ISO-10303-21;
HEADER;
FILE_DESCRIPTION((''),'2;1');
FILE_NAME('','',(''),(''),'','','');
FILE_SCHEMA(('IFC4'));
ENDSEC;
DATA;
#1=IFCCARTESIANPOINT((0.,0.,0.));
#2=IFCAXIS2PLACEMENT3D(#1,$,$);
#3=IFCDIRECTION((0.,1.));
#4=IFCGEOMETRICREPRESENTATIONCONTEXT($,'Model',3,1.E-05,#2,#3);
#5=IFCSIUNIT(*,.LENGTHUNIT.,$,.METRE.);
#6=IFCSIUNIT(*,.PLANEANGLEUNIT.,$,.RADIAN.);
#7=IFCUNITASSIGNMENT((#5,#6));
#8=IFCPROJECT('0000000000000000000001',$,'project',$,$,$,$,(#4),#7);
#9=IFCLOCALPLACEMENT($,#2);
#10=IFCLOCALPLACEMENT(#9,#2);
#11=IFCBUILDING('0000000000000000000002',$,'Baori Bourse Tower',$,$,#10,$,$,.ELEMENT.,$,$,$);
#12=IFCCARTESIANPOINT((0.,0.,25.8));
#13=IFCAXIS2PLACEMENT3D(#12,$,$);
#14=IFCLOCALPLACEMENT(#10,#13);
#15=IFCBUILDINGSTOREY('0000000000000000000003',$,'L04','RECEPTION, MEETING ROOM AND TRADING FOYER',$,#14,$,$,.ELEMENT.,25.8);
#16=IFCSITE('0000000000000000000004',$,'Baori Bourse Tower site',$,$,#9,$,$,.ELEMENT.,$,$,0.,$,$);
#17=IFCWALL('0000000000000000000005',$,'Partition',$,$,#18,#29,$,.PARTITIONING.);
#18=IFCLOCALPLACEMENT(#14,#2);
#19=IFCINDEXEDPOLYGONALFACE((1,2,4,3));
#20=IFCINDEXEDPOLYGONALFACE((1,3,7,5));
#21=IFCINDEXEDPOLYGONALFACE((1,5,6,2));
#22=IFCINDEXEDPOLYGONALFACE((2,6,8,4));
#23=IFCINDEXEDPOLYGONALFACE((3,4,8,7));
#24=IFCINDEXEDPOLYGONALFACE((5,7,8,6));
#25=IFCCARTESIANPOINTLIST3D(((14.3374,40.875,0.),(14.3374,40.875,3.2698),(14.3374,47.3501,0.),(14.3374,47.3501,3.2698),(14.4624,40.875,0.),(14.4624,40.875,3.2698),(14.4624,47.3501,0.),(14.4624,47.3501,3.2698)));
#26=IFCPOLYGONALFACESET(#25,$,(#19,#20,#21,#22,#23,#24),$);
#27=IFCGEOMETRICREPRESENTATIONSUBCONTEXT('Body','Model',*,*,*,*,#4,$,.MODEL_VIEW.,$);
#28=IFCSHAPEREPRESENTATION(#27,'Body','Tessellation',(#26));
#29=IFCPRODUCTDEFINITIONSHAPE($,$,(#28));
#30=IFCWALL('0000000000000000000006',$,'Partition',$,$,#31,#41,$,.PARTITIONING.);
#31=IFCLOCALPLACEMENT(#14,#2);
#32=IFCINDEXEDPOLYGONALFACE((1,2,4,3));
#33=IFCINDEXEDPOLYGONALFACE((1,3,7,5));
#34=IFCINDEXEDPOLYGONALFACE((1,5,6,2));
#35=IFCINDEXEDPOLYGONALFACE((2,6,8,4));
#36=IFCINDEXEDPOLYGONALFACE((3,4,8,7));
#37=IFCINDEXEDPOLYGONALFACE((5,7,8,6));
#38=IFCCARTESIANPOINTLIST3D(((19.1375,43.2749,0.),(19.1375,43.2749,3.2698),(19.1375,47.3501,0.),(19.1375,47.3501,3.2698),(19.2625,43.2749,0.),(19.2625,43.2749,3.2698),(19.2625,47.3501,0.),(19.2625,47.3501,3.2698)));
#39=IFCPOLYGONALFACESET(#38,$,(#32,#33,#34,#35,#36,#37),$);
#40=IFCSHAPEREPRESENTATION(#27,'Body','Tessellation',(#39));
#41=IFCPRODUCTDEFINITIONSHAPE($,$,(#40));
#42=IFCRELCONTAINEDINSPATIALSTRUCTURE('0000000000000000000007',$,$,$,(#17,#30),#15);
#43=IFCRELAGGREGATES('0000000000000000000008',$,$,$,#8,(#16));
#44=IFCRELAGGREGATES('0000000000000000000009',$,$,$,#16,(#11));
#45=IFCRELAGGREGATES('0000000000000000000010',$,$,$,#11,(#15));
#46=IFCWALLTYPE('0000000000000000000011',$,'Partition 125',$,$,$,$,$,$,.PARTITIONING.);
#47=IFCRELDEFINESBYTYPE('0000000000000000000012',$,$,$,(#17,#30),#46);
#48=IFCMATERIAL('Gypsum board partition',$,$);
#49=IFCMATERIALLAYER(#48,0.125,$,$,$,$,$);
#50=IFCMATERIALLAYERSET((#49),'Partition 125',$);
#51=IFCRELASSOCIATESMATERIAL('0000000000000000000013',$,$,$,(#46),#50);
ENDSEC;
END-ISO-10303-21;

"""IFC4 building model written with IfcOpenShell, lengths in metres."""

from ifc_helpers import new_model, si_unit, direction, frame, frame_2d, origin, place, context, subcontext, project, spatial, rectangle, extrude, material, layer, layer_set, type_object, element, save


model = new_model("IFC4")

# Units and contexts
model_context = context("Model", 3, precision=1e-05, world=origin(), true_north=direction((0.0, 1.0)))
body_context = subcontext(model_context, "Body", "Model", "MODEL_VIEW")
ifc_project = project(units=[si_unit("LENGTHUNIT", "METRE"), si_unit("PLANEANGLEUNIT", "RADIAN")], contexts=[model_context])

# Site, building, storey
site_placement = place(None, origin())
site = spatial("IfcSite", under=ifc_project, at=site_placement, Name="Baori Bourse Tower site", CompositionType="ELEMENT", RefElevation=0.0)
building_placement = place(site_placement, origin())
building = spatial("IfcBuilding", under=site, at=building_placement, Name="Baori Bourse Tower", CompositionType="ELEMENT")
storey_placement = place(building_placement, frame((0.0, 0.0, 25.8)))
storey = spatial("IfcBuildingStorey", under=building, at=storey_placement, Name="L04", Description="RECEPTION, MEETING ROOM AND TRADING FOYER", CompositionType="ELEMENT", Elevation=25.8)

# Walls
ifc_material_1 = material(Name="Gypsum board partition")
ifc_layer_1 = layer(ifc_material_1, 0.125)
ifc_layer_set_1 = layer_set([ifc_layer_1], Name="Partition 125")
wall_type_1 = type_object("IfcWallType", Name="Partition 125", PredefinedType="PARTITIONING", material=ifc_layer_set_1)
wall_1_placement = place(storey_placement, frame((14.3999, 40.875, 0.0), z_axis=(0.0, 0.0, 1.0), x_axis=(0.0, 1.0, 0.0)))
element("IfcWall", 1, at=wall_1_placement, inside=storey, type_object=wall_type_1, Name="Partition", PredefinedType="PARTITIONING", context=body_context, shape_type="SweptSolid", body=[
    extrude(rectangle(XDim=6.4751, YDim=0.125, at=frame_2d((3.2375, 0.0))), origin(), (0.0, 0.0, 1.0), 3.2698),
])
wall_2_placement = place(storey_placement, frame((19.2, 43.2749, 0.0), z_axis=(0.0, 0.0, 1.0), x_axis=(0.0, 1.0, 0.0)))
element("IfcWall", 2, at=wall_2_placement, inside=storey, type_object=wall_type_1, Name="Partition", PredefinedType="PARTITIONING", context=body_context, shape_type="SweptSolid", body=[
    extrude(rectangle(XDim=4.0752, YDim=0.125, at=frame_2d((2.0376, 0.0))), origin(), (0.0, 0.0, 1.0), 3.2698),
])

save(model, "model.ifc")
